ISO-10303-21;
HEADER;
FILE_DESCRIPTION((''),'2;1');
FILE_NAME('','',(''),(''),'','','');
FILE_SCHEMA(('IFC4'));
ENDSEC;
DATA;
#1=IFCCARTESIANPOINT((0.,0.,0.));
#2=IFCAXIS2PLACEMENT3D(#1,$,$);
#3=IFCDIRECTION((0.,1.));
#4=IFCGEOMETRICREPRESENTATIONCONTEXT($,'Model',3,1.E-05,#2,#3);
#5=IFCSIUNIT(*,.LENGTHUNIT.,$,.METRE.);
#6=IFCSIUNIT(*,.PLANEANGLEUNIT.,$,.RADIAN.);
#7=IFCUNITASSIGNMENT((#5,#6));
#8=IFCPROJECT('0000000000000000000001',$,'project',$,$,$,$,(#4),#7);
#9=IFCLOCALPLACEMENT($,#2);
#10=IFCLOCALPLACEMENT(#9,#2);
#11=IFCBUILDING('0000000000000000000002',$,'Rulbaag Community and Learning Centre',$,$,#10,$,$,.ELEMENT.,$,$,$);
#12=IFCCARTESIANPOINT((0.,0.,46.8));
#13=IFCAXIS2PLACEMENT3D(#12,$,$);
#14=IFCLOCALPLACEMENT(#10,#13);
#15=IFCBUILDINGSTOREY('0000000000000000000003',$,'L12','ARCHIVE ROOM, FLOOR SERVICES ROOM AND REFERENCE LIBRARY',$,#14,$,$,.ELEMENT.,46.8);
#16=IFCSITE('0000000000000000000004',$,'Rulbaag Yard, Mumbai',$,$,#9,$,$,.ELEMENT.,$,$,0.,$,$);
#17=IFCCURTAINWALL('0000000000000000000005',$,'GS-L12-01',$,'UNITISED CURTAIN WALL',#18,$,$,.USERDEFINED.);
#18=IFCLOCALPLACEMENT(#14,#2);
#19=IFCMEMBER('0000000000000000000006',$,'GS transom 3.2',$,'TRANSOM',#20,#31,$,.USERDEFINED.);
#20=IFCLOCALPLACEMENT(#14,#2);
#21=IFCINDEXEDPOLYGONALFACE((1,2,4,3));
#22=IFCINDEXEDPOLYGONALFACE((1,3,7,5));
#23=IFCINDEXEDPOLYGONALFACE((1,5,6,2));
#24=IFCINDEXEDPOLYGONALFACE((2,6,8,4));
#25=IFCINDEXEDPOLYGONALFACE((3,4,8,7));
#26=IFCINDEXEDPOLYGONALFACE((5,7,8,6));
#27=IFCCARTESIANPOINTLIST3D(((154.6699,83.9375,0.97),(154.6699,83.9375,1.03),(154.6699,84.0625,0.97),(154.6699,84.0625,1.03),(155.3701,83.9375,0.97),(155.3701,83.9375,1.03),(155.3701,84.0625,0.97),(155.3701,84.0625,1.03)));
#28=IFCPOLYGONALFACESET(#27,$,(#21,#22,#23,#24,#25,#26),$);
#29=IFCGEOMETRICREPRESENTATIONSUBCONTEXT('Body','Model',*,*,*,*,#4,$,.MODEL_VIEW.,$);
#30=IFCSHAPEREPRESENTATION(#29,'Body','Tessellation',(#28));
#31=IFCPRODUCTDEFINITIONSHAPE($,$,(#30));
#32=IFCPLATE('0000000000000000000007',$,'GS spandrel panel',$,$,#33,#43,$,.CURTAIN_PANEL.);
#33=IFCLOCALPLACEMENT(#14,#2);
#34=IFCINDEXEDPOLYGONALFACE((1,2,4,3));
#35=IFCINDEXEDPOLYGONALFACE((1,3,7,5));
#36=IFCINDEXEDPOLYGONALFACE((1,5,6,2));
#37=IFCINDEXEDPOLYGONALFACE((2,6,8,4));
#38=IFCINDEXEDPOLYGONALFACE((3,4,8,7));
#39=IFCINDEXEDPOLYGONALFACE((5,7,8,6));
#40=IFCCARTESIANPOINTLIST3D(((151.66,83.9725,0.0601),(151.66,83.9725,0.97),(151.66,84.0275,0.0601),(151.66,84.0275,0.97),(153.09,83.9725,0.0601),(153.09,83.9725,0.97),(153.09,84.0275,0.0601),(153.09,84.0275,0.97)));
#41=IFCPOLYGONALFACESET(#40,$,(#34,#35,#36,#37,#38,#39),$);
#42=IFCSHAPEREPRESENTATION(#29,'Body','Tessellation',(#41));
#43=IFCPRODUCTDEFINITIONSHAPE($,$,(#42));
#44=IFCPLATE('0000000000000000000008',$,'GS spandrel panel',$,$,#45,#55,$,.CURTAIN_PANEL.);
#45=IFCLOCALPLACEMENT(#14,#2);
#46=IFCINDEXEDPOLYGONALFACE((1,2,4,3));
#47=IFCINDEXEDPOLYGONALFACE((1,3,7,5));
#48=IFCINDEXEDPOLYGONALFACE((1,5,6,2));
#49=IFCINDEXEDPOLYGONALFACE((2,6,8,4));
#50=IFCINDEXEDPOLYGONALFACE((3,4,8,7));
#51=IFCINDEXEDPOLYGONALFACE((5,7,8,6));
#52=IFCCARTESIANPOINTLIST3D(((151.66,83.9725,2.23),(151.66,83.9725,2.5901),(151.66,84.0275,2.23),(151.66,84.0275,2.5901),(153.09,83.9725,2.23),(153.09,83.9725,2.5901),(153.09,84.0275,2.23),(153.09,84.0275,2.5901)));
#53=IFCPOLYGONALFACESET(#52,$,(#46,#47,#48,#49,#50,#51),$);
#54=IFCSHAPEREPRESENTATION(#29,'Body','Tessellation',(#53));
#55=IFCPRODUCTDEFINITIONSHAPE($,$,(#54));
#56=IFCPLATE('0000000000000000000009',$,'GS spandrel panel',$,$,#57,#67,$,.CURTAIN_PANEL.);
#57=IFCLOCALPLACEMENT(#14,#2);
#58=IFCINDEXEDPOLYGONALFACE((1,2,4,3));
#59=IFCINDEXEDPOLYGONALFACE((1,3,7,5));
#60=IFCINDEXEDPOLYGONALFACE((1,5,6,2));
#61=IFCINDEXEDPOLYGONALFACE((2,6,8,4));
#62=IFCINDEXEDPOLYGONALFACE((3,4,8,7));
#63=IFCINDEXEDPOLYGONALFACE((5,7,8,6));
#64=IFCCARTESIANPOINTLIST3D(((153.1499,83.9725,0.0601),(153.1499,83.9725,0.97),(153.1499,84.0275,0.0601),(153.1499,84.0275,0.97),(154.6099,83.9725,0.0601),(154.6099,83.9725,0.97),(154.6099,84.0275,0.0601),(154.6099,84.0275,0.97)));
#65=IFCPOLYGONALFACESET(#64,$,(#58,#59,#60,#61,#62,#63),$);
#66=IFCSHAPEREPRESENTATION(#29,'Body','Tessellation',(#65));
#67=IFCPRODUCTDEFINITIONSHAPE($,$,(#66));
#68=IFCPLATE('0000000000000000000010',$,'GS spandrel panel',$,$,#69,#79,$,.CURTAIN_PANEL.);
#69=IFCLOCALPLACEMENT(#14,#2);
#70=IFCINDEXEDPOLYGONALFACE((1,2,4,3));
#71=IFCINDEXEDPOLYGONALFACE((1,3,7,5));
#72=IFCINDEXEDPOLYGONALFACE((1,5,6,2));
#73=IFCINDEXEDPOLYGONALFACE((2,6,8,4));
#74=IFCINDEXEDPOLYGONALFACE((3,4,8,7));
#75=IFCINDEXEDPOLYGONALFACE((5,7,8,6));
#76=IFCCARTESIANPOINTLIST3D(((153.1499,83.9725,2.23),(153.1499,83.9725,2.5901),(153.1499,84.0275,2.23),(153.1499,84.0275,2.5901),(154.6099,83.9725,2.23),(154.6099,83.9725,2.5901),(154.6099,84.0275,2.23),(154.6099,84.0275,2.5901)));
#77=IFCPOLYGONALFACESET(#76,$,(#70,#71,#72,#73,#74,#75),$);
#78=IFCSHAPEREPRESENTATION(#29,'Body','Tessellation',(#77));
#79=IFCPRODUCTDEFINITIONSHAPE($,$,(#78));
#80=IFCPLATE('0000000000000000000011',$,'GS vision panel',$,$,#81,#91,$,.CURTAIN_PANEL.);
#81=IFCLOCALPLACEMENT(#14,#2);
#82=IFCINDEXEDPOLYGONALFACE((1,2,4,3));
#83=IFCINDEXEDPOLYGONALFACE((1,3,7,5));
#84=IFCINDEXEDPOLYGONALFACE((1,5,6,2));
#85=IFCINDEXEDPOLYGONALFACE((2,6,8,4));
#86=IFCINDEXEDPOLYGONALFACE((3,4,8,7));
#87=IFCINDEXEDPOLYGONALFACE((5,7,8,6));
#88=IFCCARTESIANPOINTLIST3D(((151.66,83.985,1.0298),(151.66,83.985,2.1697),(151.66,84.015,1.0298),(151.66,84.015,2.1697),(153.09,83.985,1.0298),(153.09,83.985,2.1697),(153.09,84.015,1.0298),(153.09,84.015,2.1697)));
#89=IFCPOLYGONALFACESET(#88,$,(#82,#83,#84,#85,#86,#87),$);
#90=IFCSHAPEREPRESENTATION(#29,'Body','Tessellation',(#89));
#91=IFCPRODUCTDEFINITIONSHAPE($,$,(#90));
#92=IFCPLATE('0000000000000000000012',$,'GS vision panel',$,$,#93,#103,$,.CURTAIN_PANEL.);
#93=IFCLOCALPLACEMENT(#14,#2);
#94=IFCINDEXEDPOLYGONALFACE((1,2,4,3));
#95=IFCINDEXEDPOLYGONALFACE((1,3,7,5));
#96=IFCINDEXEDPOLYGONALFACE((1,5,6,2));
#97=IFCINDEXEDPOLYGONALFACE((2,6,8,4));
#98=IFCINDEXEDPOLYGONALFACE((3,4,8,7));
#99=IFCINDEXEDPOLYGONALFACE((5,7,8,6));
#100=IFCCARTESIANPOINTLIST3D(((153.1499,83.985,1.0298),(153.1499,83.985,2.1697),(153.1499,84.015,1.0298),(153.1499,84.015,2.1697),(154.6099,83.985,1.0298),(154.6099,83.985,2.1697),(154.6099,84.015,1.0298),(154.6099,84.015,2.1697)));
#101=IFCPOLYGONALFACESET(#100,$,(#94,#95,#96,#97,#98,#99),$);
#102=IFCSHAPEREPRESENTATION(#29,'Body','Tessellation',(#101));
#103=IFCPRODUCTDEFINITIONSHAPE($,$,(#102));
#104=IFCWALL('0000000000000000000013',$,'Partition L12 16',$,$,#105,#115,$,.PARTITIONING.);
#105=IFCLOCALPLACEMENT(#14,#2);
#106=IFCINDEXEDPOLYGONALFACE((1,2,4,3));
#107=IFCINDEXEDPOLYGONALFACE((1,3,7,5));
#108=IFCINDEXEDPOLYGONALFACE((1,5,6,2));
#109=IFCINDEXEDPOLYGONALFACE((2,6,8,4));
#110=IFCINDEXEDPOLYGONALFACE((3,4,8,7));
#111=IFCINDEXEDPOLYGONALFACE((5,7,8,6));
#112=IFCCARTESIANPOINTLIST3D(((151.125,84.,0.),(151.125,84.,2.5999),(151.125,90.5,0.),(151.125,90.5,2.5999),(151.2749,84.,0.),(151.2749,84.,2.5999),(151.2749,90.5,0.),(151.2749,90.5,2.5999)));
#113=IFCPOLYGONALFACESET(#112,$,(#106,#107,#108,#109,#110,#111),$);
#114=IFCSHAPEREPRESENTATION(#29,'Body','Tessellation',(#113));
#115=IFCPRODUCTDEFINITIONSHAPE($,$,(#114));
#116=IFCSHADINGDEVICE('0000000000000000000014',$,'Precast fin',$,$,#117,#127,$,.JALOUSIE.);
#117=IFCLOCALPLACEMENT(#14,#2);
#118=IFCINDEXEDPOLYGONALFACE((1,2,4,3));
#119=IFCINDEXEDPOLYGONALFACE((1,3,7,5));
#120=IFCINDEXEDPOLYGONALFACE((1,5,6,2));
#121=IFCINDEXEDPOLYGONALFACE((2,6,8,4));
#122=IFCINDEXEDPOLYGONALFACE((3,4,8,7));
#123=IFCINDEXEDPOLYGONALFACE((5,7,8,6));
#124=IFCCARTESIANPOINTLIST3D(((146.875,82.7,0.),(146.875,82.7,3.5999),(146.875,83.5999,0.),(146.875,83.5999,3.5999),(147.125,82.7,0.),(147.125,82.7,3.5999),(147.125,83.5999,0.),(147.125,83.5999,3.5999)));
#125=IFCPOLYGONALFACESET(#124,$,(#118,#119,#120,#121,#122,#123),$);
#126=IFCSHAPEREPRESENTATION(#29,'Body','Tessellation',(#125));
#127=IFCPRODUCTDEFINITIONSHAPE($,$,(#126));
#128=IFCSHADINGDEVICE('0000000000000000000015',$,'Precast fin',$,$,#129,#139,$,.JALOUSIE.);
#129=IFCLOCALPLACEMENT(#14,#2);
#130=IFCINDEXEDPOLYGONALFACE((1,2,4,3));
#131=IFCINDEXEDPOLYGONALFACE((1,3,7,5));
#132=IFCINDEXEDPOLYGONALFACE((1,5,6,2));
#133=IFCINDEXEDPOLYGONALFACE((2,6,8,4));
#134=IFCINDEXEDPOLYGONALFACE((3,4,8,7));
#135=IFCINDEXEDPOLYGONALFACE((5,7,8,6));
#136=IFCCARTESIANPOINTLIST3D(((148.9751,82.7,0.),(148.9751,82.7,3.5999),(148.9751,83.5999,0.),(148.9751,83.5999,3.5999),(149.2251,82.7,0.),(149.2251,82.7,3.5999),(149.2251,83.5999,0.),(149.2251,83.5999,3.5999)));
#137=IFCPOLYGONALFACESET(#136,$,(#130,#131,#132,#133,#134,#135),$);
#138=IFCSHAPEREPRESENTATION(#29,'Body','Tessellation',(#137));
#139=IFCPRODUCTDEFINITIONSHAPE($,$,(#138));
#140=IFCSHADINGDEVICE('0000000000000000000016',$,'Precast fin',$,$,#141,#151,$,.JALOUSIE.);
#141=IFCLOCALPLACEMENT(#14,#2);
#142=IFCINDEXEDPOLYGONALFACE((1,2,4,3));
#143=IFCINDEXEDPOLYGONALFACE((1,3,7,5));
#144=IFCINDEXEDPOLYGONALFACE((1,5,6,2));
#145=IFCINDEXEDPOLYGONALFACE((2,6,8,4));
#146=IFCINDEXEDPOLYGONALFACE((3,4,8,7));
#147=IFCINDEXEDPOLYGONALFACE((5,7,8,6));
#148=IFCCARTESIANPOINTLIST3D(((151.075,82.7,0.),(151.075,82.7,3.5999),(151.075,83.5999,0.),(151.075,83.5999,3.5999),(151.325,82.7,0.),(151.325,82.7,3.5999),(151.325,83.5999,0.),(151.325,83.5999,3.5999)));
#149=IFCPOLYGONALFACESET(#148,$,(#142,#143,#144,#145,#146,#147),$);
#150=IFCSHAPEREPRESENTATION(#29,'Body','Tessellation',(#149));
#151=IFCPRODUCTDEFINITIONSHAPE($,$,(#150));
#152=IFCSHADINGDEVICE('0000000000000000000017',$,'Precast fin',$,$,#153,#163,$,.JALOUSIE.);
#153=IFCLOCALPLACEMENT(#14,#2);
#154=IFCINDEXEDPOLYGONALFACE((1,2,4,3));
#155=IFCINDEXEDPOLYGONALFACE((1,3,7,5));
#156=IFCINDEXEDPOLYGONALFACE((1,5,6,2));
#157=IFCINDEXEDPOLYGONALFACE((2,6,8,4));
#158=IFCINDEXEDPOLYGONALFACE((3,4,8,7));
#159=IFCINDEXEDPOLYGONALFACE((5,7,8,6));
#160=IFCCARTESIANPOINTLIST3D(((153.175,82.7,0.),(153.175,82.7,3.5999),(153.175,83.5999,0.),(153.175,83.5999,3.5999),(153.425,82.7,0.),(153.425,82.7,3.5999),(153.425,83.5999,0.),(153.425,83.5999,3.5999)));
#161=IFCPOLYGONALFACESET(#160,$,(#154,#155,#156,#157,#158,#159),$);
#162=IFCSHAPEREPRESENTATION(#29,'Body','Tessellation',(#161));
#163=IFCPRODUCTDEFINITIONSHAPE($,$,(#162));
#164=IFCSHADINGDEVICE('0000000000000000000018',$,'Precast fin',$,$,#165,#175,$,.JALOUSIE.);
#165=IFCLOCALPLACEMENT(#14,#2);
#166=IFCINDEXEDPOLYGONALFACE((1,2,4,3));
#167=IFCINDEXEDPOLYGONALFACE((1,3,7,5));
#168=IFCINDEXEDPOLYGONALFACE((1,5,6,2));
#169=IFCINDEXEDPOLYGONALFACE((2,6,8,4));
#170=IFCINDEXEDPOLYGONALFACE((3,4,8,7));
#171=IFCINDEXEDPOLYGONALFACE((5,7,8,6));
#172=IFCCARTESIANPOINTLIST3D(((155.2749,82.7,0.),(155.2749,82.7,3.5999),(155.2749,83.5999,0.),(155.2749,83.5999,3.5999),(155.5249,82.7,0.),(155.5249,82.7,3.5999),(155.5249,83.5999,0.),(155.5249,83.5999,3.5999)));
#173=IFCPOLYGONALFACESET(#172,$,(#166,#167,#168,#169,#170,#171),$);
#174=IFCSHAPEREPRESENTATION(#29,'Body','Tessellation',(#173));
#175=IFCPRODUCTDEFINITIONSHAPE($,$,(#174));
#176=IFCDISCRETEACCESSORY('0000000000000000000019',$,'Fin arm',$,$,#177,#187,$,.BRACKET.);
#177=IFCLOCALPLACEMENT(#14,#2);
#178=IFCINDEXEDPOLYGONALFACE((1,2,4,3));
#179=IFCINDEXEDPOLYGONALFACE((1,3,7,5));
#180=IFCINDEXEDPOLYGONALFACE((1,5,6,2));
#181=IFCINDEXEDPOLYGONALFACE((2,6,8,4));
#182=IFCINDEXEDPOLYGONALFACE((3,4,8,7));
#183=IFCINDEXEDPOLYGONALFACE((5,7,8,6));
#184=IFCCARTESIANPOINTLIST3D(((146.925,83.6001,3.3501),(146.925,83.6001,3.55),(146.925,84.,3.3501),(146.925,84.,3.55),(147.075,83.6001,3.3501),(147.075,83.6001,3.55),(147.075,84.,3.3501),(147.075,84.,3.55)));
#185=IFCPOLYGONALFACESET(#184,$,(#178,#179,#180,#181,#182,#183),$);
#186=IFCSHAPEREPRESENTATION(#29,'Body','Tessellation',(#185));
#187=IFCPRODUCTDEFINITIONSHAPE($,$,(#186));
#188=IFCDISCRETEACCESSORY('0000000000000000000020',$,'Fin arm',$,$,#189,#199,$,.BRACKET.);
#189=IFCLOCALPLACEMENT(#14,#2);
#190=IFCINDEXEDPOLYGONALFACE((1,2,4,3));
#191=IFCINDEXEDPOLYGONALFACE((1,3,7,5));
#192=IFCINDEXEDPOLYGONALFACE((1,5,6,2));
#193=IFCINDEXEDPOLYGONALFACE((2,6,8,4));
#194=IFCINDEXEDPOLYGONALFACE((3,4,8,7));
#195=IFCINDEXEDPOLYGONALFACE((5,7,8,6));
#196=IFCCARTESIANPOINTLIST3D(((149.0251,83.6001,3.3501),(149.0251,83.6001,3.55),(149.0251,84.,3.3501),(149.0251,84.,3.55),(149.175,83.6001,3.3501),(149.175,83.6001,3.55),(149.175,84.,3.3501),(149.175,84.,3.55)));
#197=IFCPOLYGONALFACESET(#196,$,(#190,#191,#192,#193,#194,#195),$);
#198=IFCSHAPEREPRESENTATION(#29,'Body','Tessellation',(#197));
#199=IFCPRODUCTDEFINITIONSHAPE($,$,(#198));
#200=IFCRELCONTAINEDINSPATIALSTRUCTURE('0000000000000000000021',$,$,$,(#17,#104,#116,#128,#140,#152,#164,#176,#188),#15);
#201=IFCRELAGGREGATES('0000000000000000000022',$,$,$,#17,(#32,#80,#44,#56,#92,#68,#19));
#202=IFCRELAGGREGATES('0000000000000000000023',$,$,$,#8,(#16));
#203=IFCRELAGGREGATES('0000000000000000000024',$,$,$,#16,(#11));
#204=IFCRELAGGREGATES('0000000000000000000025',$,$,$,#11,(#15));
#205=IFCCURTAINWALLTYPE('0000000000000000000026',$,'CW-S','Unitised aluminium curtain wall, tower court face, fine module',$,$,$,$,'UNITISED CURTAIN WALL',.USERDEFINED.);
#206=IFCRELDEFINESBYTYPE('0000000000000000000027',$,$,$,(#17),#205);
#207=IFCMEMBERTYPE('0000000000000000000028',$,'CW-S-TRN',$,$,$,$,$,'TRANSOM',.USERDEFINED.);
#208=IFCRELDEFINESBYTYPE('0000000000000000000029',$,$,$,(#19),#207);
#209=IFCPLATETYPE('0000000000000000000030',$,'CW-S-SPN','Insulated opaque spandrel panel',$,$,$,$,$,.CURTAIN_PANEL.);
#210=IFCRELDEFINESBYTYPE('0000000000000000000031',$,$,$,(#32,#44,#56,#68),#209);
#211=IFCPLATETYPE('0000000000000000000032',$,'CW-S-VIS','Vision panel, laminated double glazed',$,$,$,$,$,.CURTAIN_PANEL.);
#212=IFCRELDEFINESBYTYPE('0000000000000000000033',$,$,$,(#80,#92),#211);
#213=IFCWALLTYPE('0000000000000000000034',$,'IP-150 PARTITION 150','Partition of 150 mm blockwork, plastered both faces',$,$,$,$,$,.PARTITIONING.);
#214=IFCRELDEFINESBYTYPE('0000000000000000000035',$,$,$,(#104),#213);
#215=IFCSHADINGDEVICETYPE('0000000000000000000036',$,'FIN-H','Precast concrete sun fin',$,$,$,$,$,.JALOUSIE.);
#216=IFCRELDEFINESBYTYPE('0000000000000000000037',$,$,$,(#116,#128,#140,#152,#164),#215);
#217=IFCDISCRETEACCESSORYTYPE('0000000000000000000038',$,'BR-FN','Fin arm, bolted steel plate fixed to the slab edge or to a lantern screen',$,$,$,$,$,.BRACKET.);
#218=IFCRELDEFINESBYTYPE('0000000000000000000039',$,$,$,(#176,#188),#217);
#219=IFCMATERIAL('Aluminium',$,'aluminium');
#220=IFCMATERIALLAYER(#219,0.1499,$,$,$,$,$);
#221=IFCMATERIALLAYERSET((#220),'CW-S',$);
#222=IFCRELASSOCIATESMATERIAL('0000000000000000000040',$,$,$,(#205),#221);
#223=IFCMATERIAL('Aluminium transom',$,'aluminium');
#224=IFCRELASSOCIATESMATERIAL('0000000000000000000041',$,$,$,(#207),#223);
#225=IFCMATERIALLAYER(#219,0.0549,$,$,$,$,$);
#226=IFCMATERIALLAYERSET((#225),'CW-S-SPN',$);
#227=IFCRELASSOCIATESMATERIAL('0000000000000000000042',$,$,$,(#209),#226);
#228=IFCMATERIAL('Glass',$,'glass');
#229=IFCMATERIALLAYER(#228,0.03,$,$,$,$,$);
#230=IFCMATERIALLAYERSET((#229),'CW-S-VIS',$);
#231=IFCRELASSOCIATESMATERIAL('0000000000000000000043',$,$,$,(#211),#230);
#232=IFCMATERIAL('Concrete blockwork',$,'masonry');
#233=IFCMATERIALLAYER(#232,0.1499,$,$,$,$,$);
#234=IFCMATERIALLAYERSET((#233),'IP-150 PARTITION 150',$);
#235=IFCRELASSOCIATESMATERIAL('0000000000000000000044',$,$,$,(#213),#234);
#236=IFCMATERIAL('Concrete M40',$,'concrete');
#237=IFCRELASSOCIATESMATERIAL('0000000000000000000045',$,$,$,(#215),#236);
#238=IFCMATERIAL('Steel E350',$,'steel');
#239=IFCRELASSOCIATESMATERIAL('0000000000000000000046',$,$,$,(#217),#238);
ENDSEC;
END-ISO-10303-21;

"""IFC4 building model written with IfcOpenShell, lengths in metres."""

from ifc_helpers import new_model, si_unit, direction, frame, frame_2d, origin, origin_2d, place, context, subcontext, project, spatial, rectangle, extrude, material, layer, layer_set, material_profile, profile_set, type_object, element, aggregate, save


model = new_model("IFC4")

# Units and contexts
model_context = context("Model", 3, precision=1e-05, world=origin(), true_north=direction((0.0, 1.0)))
body_context = subcontext(model_context, "Body", "Model", "MODEL_VIEW")
ifc_project = project(units=[si_unit("LENGTHUNIT", "METRE"), si_unit("PLANEANGLEUNIT", "RADIAN")], contexts=[model_context])

# Site, building, storey
site_placement = place(None, origin())
site = spatial("IfcSite", under=ifc_project, at=site_placement, Name="Rulbaag Yard, Mumbai", CompositionType="ELEMENT", RefElevation=0.0)
building_placement = place(site_placement, origin())
building = spatial("IfcBuilding", under=site, at=building_placement, Name="Rulbaag Community and Learning Centre", CompositionType="ELEMENT")
storey_placement = place(building_placement, frame((0.0, 0.0, 46.8)))
storey = spatial("IfcBuildingStorey", under=building, at=storey_placement, Name="L12", Description="ARCHIVE ROOM, FLOOR SERVICES ROOM AND REFERENCE LIBRARY", CompositionType="ELEMENT", Elevation=46.8)

# Shared definitions
ifc_material_1 = material(Name="Concrete M40", Category="concrete")

# Curtain wall, member, plates
ifc_material_2 = material(Name="Aluminium", Category="aluminium")
ifc_layer_1 = layer(ifc_material_2, 0.1499)
ifc_layer_set_1 = layer_set([ifc_layer_1], Name="CW-S")
curtain_wall_type = type_object("IfcCurtainWallType", Name="CW-S", Description="Unitised aluminium curtain wall, tower court face, fine module", ElementType="UNITISED CURTAIN WALL", PredefinedType="USERDEFINED", material=ifc_layer_set_1)
curtain_wall_placement = place(storey_placement, origin())
curtain_wall = element("IfcCurtainWall", 1, at=curtain_wall_placement, inside=storey, type_object=curtain_wall_type, Name="GS-L12-01", ObjectType="UNITISED CURTAIN WALL", PredefinedType="USERDEFINED")
ifc_material_3 = material(Name="Aluminium transom", Category="aluminium")
ifc_material_profile_1 = material_profile(ifc_material_3, rectangle(XDim=0.125, YDim=0.0601, at=origin_2d()), Name="AL 60x125 T")
ifc_profile_set_1 = profile_set([ifc_material_profile_1], Name="Aluminium transom")
member_type_1 = type_object("IfcMemberType", Name="CW-S-TRN", ElementType="TRANSOM", PredefinedType="USERDEFINED", material=ifc_profile_set_1)
member_1_placement = place(storey_placement, frame((154.6699, 84.0, 1.0), z_axis=(1.0, 0.0, 0.0), x_axis=(0.0, 1.0, 0.0)))
member_1 = element("IfcMember", 2, at=member_1_placement, type_object=member_type_1, Name="GS transom 3.2", ObjectType="TRANSOM", PredefinedType="USERDEFINED", context=body_context, shape_type="SweptSolid", body=[
    extrude(rectangle(XDim=0.125, YDim=0.0601, at=origin_2d()), origin(), (0.0, 0.0, 1.0), 0.7002),
])
ifc_layer_2 = layer(ifc_material_2, 0.0549)
ifc_layer_set_2 = layer_set([ifc_layer_2], Name="CW-S-SPN")
plate_type_1 = type_object("IfcPlateType", Name="CW-S-SPN", Description="Insulated opaque spandrel panel", PredefinedType="CURTAIN_PANEL", material=ifc_layer_set_2)
plate_1_placement = place(storey_placement, frame((152.375, 84.0, 0.0601), z_axis=(0.0, 0.0, 1.0), x_axis=(1.0, 0.0, 0.0)))
plate_1 = element("IfcPlate", 3, at=plate_1_placement, type_object=plate_type_1, Name="GS spandrel panel", PredefinedType="CURTAIN_PANEL", context=body_context, shape_type="SweptSolid", body=[
    extrude(rectangle(XDim=1.4299, YDim=0.0549, at=origin_2d()), origin(), (0.0, 0.0, 1.0), 0.9099),
])
plate_2_placement = place(storey_placement, frame((152.375, 84.0, 2.23), z_axis=(0.0, 0.0, 1.0), x_axis=(1.0, 0.0, 0.0)))
plate_2 = element("IfcPlate", 4, at=plate_2_placement, type_object=plate_type_1, Name="GS spandrel panel", PredefinedType="CURTAIN_PANEL", context=body_context, shape_type="SweptSolid", body=[
    extrude(rectangle(XDim=1.4299, YDim=0.0549, at=origin_2d()), origin(), (0.0, 0.0, 1.0), 0.3601),
])
plate_3_placement = place(storey_placement, frame((153.8799, 84.0, 0.0601), z_axis=(0.0, 0.0, 1.0), x_axis=(1.0, 0.0, 0.0)))
plate_3 = element("IfcPlate", 5, at=plate_3_placement, type_object=plate_type_1, Name="GS spandrel panel", PredefinedType="CURTAIN_PANEL", context=body_context, shape_type="SweptSolid", body=[
    extrude(rectangle(XDim=1.46, YDim=0.0549, at=origin_2d()), origin(), (0.0, 0.0, 1.0), 0.9099),
])
plate_4_placement = place(storey_placement, frame((153.8799, 84.0, 2.23), z_axis=(0.0, 0.0, 1.0), x_axis=(1.0, 0.0, 0.0)))
plate_4 = element("IfcPlate", 6, at=plate_4_placement, type_object=plate_type_1, Name="GS spandrel panel", PredefinedType="CURTAIN_PANEL", context=body_context, shape_type="SweptSolid", body=[
    extrude(rectangle(XDim=1.46, YDim=0.0549, at=origin_2d()), origin(), (0.0, 0.0, 1.0), 0.3601),
])
ifc_material_4 = material(Name="Glass", Category="glass")
ifc_layer_3 = layer(ifc_material_4, 0.03)
ifc_layer_set_3 = layer_set([ifc_layer_3], Name="CW-S-VIS")
plate_type_2 = type_object("IfcPlateType", Name="CW-S-VIS", Description="Vision panel, laminated double glazed", PredefinedType="CURTAIN_PANEL", material=ifc_layer_set_3)
plate_5_placement = place(storey_placement, frame((152.375, 84.0, 1.0298), z_axis=(0.0, 0.0, 1.0), x_axis=(1.0, 0.0, 0.0)))
plate_5 = element("IfcPlate", 7, at=plate_5_placement, type_object=plate_type_2, Name="GS vision panel", PredefinedType="CURTAIN_PANEL", context=body_context, shape_type="SweptSolid", body=[
    extrude(rectangle(XDim=1.4299, YDim=0.03, at=origin_2d()), origin(), (0.0, 0.0, 1.0), 1.1399),
])
plate_6_placement = place(storey_placement, frame((153.8799, 84.0, 1.0298), z_axis=(0.0, 0.0, 1.0), x_axis=(1.0, 0.0, 0.0)))
plate_6 = element("IfcPlate", 8, at=plate_6_placement, type_object=plate_type_2, Name="GS vision panel", PredefinedType="CURTAIN_PANEL", context=body_context, shape_type="SweptSolid", body=[
    extrude(rectangle(XDim=1.46, YDim=0.03, at=origin_2d()), origin(), (0.0, 0.0, 1.0), 1.1399),
])
aggregate(curtain_wall, [plate_1, plate_5, plate_2, plate_3, plate_6, plate_4, member_1])

# Wall
ifc_material_5 = material(Name="Concrete blockwork", Category="masonry")
ifc_layer_4 = layer(ifc_material_5, 0.1499)
ifc_layer_set_4 = layer_set([ifc_layer_4], Name="IP-150 PARTITION 150")
wall_type = type_object("IfcWallType", Name="IP-150 PARTITION 150", Description="Partition of 150 mm blockwork, plastered both faces", PredefinedType="PARTITIONING", material=ifc_layer_set_4)
wall_placement = place(storey_placement, frame((151.2, 84.0, 0.0), z_axis=(0.0, 0.0, 1.0), x_axis=(0.0, 1.0, 0.0)))
element("IfcWall", 9, at=wall_placement, inside=storey, type_object=wall_type, Name="Partition L12 16", PredefinedType="PARTITIONING", context=body_context, shape_type="SweptSolid", body=[
    extrude(rectangle(XDim=6.5, YDim=0.1499, at=frame_2d((3.25, 0.0))), origin(), (0.0, 0.0, 1.0), 2.5999),
])

# Shading devices
ifc_material_profile_2 = material_profile(ifc_material_1, rectangle(XDim=0.25, YDim=0.8999, at=origin_2d()), Name="PC 250x900")
ifc_profile_set_2 = profile_set([ifc_material_profile_2], Name="Concrete M40")
shading_device_type = type_object("IfcShadingDeviceType", Name="FIN-H", Description="Precast concrete sun fin", PredefinedType="JALOUSIE", material=ifc_profile_set_2)
for number, where, z_axis, x_axis, name in (
    (10, (147.0, 83.1499, 0.0), (0.0, 0.0, 1.0), (1.0, 0.0, 0.0), "Precast fin"),
    (11, (149.1001, 83.1499, 0.0), (0.0, 0.0, 1.0), (1.0, 0.0, 0.0), "Precast fin"),
    (12, (151.2, 83.1499, 0.0), (0.0, 0.0, 1.0), (1.0, 0.0, 0.0), "Precast fin"),
    (13, (153.3, 83.1499, 0.0), (0.0, 0.0, 1.0), (1.0, 0.0, 0.0), "Precast fin"),
    (14, (155.3999, 83.1499, 0.0), (0.0, 0.0, 1.0), (1.0, 0.0, 0.0), "Precast fin"),
):
    element("IfcShadingDevice", number, at=place(storey_placement, frame(where, z_axis=z_axis, x_axis=x_axis)), inside=storey, type_object=shading_device_type, Name=name, PredefinedType="JALOUSIE", context=body_context, shape_type="SweptSolid", body=[
        extrude(rectangle(XDim=0.25, YDim=0.8999, at=origin_2d()), origin(), (0.0, 0.0, 1.0), 3.5999),
    ])

# Discrete accessories
ifc_material_6 = material(Name="Steel E350", Category="steel")
discrete_accessory_type = type_object("IfcDiscreteAccessoryType", Name="BR-FN", Description="Fin arm, bolted steel plate fixed to the slab edge or to a lantern screen", PredefinedType="BRACKET", material=ifc_material_6)
for number, where, z_axis, x_axis, name in (
    (15, (147.0, 83.8, 3.3501), (0.0, 0.0, 1.0), (1.0, 0.0, 0.0), "Fin arm"),
    (16, (149.1001, 83.8, 3.3501), (0.0, 0.0, 1.0), (1.0, 0.0, 0.0), "Fin arm"),
):
    element("IfcDiscreteAccessory", number, at=place(storey_placement, frame(where, z_axis=z_axis, x_axis=x_axis)), inside=storey, type_object=discrete_accessory_type, Name=name, PredefinedType="BRACKET", context=body_context, shape_type="SweptSolid", body=[
        extrude(rectangle(XDim=0.1499, YDim=0.3999, at=origin_2d()), origin(), (0.0, 0.0, 1.0), 0.2),
    ])

save(model, "model.ifc")
